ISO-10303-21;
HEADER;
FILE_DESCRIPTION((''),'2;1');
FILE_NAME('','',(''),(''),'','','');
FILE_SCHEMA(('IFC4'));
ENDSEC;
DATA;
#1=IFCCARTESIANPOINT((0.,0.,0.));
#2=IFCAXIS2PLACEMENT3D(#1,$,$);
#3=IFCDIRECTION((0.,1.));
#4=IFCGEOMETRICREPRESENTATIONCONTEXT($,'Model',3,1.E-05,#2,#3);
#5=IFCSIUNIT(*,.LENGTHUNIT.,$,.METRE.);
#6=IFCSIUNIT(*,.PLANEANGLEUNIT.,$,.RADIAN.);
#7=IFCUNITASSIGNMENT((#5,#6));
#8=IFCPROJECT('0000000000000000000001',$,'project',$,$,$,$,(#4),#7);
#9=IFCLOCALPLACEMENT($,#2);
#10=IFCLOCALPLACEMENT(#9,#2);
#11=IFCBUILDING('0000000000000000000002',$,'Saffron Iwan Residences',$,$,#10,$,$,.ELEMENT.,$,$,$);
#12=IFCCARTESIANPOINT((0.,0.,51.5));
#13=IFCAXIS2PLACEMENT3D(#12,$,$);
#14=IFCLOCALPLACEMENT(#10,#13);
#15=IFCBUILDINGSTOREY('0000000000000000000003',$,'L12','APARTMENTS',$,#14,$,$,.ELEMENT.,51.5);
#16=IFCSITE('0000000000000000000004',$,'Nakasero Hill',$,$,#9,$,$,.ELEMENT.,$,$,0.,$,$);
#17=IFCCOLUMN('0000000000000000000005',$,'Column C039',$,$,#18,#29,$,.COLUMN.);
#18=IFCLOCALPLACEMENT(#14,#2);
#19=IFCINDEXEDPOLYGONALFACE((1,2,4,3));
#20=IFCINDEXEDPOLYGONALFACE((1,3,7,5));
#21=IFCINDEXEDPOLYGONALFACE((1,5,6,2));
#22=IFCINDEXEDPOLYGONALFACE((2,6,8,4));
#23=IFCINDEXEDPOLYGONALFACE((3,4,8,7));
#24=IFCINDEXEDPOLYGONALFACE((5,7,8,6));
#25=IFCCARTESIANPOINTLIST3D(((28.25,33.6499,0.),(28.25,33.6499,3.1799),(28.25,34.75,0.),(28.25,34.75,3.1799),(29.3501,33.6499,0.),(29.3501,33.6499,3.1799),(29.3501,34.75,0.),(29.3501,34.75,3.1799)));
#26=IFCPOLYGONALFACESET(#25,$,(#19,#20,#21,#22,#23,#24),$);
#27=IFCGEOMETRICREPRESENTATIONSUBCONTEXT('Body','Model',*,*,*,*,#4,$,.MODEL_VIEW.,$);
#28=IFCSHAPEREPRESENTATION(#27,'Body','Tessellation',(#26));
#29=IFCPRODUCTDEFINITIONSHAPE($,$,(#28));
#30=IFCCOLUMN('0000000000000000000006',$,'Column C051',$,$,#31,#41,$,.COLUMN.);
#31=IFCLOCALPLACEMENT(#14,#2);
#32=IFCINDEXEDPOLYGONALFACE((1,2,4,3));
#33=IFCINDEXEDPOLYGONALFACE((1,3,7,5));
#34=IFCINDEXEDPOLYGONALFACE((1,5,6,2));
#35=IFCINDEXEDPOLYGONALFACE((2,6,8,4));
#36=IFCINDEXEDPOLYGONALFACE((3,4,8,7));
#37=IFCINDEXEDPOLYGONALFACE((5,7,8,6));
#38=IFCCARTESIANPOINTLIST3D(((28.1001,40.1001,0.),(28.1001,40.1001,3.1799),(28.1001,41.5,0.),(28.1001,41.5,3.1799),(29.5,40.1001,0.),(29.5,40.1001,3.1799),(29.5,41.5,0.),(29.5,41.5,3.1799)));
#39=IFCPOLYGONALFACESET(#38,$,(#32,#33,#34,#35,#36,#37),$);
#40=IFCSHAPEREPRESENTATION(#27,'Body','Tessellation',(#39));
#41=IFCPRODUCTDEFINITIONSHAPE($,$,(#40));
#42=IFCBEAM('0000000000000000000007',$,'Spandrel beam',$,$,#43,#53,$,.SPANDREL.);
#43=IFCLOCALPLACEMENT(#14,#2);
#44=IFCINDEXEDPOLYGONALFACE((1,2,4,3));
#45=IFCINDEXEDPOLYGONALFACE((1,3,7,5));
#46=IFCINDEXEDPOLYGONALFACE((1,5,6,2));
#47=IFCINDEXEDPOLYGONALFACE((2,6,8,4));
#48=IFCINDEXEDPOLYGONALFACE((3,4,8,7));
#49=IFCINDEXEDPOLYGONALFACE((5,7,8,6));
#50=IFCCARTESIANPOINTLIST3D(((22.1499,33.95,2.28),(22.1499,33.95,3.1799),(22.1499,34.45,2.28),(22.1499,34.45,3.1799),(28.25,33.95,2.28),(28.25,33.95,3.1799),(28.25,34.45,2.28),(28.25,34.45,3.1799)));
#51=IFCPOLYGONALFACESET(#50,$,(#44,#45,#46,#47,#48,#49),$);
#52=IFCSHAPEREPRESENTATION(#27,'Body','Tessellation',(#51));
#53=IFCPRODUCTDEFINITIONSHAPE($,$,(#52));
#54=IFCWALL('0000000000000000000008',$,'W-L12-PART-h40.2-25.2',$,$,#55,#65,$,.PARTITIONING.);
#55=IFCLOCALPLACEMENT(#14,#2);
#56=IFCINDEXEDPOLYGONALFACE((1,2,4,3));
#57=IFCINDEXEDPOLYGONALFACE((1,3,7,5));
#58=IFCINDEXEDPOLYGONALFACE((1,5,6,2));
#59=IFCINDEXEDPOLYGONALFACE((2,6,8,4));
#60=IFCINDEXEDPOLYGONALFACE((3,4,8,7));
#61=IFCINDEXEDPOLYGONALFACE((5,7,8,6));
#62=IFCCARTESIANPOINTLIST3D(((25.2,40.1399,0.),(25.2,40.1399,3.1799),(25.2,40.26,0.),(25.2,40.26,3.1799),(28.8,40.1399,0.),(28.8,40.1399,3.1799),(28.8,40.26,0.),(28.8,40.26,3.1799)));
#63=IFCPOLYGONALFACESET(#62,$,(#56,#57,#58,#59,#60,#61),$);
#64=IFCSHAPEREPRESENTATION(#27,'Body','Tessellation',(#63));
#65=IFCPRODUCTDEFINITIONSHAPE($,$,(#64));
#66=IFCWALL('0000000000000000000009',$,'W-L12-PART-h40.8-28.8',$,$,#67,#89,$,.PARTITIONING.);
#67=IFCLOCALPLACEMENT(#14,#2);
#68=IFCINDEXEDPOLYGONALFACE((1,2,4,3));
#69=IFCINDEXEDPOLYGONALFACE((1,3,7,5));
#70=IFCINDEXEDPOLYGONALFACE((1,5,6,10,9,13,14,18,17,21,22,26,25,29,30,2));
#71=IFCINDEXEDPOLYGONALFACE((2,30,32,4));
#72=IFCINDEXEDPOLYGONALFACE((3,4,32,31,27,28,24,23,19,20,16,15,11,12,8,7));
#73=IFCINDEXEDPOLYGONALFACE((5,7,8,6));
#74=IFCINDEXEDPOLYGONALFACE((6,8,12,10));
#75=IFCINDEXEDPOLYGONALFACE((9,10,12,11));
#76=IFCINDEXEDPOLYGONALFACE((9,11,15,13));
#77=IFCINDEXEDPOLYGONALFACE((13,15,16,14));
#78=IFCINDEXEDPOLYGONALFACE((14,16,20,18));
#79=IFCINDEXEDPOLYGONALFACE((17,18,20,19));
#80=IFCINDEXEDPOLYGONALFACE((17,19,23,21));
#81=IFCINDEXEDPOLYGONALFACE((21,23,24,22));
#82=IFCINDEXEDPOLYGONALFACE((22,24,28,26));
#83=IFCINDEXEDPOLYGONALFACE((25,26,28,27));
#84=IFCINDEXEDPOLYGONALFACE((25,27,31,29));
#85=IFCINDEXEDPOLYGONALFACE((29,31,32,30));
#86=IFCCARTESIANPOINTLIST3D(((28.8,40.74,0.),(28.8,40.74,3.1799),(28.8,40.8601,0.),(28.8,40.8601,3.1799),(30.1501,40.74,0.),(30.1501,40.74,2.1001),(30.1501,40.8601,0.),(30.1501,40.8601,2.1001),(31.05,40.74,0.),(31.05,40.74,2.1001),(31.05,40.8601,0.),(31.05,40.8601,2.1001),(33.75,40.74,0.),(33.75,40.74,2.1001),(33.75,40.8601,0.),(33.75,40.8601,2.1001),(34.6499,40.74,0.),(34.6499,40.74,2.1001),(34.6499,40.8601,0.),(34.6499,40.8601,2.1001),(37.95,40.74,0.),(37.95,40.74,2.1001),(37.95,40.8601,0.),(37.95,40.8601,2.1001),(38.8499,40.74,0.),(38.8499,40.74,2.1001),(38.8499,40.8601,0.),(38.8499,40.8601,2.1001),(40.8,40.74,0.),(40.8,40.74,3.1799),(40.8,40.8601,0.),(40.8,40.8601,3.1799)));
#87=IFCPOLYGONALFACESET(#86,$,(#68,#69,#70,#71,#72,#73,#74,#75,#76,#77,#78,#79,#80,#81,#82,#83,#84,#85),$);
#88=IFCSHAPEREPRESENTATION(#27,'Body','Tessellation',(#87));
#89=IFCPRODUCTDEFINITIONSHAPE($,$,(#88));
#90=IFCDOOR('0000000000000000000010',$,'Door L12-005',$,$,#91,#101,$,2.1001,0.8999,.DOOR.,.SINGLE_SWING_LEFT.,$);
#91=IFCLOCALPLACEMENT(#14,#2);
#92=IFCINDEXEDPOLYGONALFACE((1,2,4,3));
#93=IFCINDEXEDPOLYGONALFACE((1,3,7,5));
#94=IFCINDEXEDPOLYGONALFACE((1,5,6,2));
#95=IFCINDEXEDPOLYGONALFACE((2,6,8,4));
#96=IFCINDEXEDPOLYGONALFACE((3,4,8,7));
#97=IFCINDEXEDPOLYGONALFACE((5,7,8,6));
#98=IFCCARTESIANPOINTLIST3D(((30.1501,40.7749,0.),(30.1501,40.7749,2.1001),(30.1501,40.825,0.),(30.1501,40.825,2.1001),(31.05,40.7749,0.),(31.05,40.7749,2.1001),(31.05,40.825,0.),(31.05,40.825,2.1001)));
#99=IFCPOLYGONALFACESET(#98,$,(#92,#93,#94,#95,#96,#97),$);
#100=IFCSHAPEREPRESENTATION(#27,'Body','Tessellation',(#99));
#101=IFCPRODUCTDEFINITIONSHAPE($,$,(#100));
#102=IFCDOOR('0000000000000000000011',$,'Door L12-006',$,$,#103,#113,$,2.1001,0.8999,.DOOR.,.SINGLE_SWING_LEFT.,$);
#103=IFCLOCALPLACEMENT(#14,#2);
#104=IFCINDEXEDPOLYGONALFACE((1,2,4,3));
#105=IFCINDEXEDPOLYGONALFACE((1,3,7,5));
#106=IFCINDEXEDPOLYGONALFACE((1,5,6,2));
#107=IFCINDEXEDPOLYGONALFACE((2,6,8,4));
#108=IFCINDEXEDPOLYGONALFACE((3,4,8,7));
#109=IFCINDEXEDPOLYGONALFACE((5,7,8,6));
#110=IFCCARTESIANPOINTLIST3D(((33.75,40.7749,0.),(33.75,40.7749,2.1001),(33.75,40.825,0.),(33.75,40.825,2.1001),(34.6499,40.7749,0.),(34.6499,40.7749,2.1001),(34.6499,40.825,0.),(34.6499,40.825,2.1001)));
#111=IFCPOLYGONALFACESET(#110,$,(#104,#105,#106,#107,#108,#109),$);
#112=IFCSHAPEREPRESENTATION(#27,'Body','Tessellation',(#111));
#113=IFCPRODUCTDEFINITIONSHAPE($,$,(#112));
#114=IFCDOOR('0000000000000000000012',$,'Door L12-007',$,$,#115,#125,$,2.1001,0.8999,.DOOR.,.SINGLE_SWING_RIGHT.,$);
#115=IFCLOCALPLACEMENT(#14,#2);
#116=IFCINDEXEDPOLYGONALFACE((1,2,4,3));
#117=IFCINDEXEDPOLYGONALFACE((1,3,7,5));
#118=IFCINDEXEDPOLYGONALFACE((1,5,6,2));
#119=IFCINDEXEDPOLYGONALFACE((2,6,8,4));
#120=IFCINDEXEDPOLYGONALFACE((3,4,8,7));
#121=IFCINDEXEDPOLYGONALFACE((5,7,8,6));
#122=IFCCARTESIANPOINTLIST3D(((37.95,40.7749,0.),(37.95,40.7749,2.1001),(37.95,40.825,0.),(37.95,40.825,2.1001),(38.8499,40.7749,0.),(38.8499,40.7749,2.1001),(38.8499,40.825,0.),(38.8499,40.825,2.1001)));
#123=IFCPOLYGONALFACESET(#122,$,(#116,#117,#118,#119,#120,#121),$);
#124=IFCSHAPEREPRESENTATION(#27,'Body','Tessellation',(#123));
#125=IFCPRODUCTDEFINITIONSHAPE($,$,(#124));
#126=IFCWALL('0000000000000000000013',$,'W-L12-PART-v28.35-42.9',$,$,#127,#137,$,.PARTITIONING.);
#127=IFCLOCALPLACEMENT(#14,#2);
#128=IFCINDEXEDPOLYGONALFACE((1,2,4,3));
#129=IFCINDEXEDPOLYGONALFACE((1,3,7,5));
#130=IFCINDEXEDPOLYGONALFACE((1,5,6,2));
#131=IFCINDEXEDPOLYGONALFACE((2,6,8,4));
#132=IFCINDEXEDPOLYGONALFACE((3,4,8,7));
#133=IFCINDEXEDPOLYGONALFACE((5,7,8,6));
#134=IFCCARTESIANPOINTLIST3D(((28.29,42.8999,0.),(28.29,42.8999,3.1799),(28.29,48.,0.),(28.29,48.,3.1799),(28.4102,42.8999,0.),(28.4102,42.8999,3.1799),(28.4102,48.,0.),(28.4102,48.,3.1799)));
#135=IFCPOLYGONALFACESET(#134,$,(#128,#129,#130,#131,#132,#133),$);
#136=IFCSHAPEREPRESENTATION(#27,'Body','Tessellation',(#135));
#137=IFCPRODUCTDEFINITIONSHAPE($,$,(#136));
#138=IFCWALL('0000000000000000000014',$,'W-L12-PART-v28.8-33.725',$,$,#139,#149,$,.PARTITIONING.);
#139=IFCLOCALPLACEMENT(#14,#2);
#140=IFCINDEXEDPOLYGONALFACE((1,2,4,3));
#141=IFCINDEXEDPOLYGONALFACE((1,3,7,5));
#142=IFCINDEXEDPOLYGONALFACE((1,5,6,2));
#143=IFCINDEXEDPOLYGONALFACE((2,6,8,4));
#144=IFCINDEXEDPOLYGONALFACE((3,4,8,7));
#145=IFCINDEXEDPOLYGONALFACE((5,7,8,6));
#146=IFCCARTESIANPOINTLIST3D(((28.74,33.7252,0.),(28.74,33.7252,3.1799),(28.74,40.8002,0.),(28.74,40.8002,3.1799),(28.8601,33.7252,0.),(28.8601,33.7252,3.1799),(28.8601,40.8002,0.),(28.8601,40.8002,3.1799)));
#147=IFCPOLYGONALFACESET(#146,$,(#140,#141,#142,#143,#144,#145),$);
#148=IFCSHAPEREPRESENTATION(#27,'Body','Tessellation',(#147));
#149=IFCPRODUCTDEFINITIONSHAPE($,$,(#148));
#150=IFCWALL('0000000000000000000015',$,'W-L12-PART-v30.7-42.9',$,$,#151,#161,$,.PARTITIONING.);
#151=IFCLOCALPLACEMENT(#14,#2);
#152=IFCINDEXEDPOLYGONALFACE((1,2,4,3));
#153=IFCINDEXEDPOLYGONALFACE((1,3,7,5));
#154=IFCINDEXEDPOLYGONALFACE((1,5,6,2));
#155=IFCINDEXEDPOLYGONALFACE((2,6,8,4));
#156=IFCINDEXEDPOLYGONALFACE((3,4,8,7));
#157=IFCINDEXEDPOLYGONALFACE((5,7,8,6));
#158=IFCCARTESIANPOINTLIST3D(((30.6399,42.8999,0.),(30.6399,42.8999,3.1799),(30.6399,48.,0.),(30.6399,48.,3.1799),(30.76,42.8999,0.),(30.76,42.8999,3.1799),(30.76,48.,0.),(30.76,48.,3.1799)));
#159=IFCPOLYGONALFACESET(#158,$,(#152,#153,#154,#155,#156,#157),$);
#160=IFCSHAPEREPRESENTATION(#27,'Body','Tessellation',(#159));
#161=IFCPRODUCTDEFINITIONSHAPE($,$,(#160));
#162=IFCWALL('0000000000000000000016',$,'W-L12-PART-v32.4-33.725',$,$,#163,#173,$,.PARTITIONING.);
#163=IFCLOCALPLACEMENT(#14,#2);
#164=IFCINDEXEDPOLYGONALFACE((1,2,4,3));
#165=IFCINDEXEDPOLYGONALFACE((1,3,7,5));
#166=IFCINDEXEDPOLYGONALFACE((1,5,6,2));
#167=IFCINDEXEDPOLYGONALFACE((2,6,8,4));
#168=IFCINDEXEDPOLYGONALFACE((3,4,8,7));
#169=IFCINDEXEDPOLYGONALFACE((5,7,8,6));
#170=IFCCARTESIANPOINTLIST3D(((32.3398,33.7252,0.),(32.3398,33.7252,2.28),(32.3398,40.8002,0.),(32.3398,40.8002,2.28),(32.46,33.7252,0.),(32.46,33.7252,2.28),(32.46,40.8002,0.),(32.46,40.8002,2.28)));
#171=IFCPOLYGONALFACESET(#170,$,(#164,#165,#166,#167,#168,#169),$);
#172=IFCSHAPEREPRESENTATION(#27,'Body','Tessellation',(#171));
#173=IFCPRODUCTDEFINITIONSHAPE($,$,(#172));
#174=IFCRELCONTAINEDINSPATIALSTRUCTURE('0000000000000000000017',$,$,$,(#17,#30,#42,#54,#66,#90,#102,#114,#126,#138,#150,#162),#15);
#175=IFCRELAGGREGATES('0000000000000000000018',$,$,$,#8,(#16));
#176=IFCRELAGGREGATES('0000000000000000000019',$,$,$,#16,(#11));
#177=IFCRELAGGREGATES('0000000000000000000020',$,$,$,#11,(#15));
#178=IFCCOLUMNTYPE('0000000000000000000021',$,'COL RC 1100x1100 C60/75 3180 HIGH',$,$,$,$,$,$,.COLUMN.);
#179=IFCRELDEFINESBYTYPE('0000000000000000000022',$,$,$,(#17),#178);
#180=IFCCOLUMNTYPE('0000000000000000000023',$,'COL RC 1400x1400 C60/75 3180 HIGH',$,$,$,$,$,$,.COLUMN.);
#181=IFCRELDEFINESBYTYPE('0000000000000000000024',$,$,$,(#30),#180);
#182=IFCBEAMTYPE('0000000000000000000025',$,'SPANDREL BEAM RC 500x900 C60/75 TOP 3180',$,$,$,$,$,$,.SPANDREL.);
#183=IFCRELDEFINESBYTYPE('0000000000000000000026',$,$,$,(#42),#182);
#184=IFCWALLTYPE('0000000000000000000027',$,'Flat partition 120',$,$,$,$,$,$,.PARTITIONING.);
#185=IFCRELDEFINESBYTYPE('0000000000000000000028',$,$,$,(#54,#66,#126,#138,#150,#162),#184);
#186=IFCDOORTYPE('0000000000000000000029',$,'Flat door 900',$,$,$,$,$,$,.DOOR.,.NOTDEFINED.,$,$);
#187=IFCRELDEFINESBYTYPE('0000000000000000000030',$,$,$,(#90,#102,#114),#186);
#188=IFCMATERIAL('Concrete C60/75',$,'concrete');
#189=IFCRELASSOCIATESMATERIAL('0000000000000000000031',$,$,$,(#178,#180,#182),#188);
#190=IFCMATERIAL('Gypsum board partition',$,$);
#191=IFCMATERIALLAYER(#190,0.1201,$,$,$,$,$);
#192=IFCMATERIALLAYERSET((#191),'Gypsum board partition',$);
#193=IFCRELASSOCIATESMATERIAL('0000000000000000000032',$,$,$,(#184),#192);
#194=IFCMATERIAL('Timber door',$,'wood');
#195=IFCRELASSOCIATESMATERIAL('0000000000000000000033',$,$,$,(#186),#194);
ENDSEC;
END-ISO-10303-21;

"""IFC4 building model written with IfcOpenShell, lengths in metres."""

from ifc_helpers import new_model, si_unit, direction, frame, frame_2d, origin, origin_2d, place, context, subcontext, project, spatial, rectangle, extrude, source, transform, mapped, material, layer, layer_set, material_profile, profile_set, type_object, element, fill, save


model = new_model("IFC4")

# Units and contexts
model_context = context("Model", 3, precision=1e-05, world=origin(), true_north=direction((0.0, 1.0)))
body_context = subcontext(model_context, "Body", "Model", "MODEL_VIEW")
ifc_project = project(units=[si_unit("LENGTHUNIT", "METRE"), si_unit("PLANEANGLEUNIT", "RADIAN")], contexts=[model_context])

# Site, building, storey
site_placement = place(None, origin())
site = spatial("IfcSite", under=ifc_project, at=site_placement, Name="Nakasero Hill", CompositionType="ELEMENT", RefElevation=0.0)
building_placement = place(site_placement, origin())
building = spatial("IfcBuilding", under=site, at=building_placement, Name="Saffron Iwan Residences", CompositionType="ELEMENT")
storey_placement = place(building_placement, frame((0.0, 0.0, 51.5)))
storey = spatial("IfcBuildingStorey", under=building, at=storey_placement, Name="L12", Description="APARTMENTS", CompositionType="ELEMENT", Elevation=51.5)

# Columns
ifc_material_1 = material(Name="Concrete C60/75", Category="concrete")
ifc_material_profile_1 = material_profile(ifc_material_1, rectangle(XDim=1.1001, YDim=1.1001, at=origin_2d()), Name="RC 1100x1100")
ifc_profile_set_1 = profile_set([ifc_material_profile_1], Name="Concrete C60/75")
column_type_1 = type_object("IfcColumnType", Name="COL RC 1100x1100 C60/75 3180 HIGH", PredefinedType="COLUMN", material=ifc_profile_set_1)
shared_shape_1 = source(origin(), body_context, "Body", "SweptSolid", [
    extrude(rectangle(XDim=1.1001, YDim=1.1001, at=origin_2d()), origin(), (0.0, 0.0, 1.0), 3.1799),
])
column_1_placement = place(storey_placement, frame((28.8, 34.2, 0.0), z_axis=(0.0, 0.0, 1.0), x_axis=(1.0, 0.0, 0.0)))
element("IfcColumn", 1, at=column_1_placement, inside=storey, type_object=column_type_1, Name="Column C039", PredefinedType="COLUMN", context=body_context, shape_type="MappedRepresentation", body=[
    mapped(shared_shape_1, transform((0.0, 0.0, 0.0))),
])
ifc_material_profile_2 = material_profile(ifc_material_1, rectangle(XDim=1.3999, YDim=1.3999, at=origin_2d()), Name="RC 1400x1400")
ifc_profile_set_2 = profile_set([ifc_material_profile_2], Name="Concrete C60/75")
column_type_2 = type_object("IfcColumnType", Name="COL RC 1400x1400 C60/75 3180 HIGH", PredefinedType="COLUMN", material=ifc_profile_set_2)
shared_shape_2 = source(origin(), body_context, "Body", "SweptSolid", [
    extrude(rectangle(XDim=1.3999, YDim=1.3999, at=origin_2d()), origin(), (0.0, 0.0, 1.0), 3.1799),
])
column_2_placement = place(storey_placement, frame((28.8, 40.8, 0.0), z_axis=(0.0, 0.0, 1.0), x_axis=(1.0, 0.0, 0.0)))
element("IfcColumn", 2, at=column_2_placement, inside=storey, type_object=column_type_2, Name="Column C051", PredefinedType="COLUMN", context=body_context, shape_type="MappedRepresentation", body=[
    mapped(shared_shape_2, transform((0.0, 0.0, 0.0))),
])

# Beam
ifc_material_profile_3 = material_profile(ifc_material_1, rectangle(XDim=0.5, YDim=0.8999, at=origin_2d()), Name="RC 500x900")
ifc_profile_set_3 = profile_set([ifc_material_profile_3], Name="Concrete C60/75")
beam_type = type_object("IfcBeamType", Name="SPANDREL BEAM RC 500x900 C60/75 TOP 3180", PredefinedType="SPANDREL", material=ifc_profile_set_3)
shared_shape_3 = source(origin(), body_context, "Body", "SweptSolid", [
    extrude(rectangle(XDim=0.5, YDim=0.8999, at=origin_2d()), origin(), (0.0, 0.0, 1.0), 6.1001),
])
beam_placement = place(storey_placement, frame((28.25, 34.2, 2.73), z_axis=(-1.0, 0.0, 0.0), x_axis=(0.0, -1.0, 0.0)))
element("IfcBeam", 3, at=beam_placement, inside=storey, type_object=beam_type, Name="Spandrel beam", PredefinedType="SPANDREL", context=body_context, shape_type="MappedRepresentation", body=[
    mapped(shared_shape_3, transform((0.0, 0.0, 0.0))),
])

# Wall
ifc_material_2 = material(Name="Gypsum board partition")
ifc_layer_1 = layer(ifc_material_2, 0.1201)
ifc_layer_set_1 = layer_set([ifc_layer_1], Name="Gypsum board partition")
wall_type_1 = type_object("IfcWallType", Name="Flat partition 120", PredefinedType="PARTITIONING", material=ifc_layer_set_1)
wall_1_placement = place(storey_placement, frame((25.2, 40.2, 0.0), z_axis=(0.0, 0.0, 1.0), x_axis=(1.0, 0.0, 0.0)))
element("IfcWall", 4, at=wall_1_placement, inside=storey, type_object=wall_type_1, Name="W-L12-PART-h40.2-25.2", PredefinedType="PARTITIONING", context=body_context, shape_type="SweptSolid", body=[
    extrude(rectangle(XDim=3.6001, YDim=0.1201, at=frame_2d((1.8, 0.0))), origin(), (0.0, 0.0, 1.0), 3.1799),
])

# Wall, openings, doors
wall_2_placement = place(storey_placement, frame((28.8, 40.8, 0.0), z_axis=(0.0, 0.0, 1.0), x_axis=(1.0, 0.0, 0.0)))
wall_2 = element("IfcWall", 5, at=wall_2_placement, inside=storey, type_object=wall_type_1, Name="W-L12-PART-h40.8-28.8", PredefinedType="PARTITIONING", context=body_context, shape_type="SweptSolid", body=[
    extrude(rectangle(XDim=12.0, YDim=0.1201, at=frame_2d((6.0, 0.0))), origin(), (0.0, 0.0, 1.0), 3.1799),
])
opening_1_placement = place(wall_2_placement, frame((1.3501, 0.0, 0.0)))
opening_1 = element("IfcOpeningElement", 6, at=opening_1_placement, cuts=wall_2, PredefinedType="OPENING", context=body_context, shape_type="SweptSolid", body=[
    extrude(rectangle(XDim=0.8999, YDim=2.1001, at=frame_2d((0.45, 1.05))), frame((0.0, 0.0701, 0.0), z_axis=(0.0, -1.0, 0.0), x_axis=(1.0, 0.0, 0.0)), (0.0, 0.0, 1.0), 0.1401),
])
opening_2_placement = place(wall_2_placement, frame((4.95, 0.0, 0.0)))
opening_2 = element("IfcOpeningElement", 7, at=opening_2_placement, cuts=wall_2, PredefinedType="OPENING", context=body_context, shape_type="SweptSolid", body=[
    extrude(rectangle(XDim=0.8999, YDim=2.1001, at=frame_2d((0.45, 1.05))), frame((0.0, 0.0701, 0.0), z_axis=(0.0, -1.0, 0.0), x_axis=(1.0, 0.0, 0.0)), (0.0, 0.0, 1.0), 0.1401),
])
opening_3_placement = place(wall_2_placement, frame((9.1499, 0.0, 0.0)))
opening_3 = element("IfcOpeningElement", 8, at=opening_3_placement, cuts=wall_2, PredefinedType="OPENING", context=body_context, shape_type="SweptSolid", body=[
    extrude(rectangle(XDim=0.8999, YDim=2.1001, at=frame_2d((0.45, 1.05))), frame((0.0, 0.0701, 0.0), z_axis=(0.0, -1.0, 0.0), x_axis=(1.0, 0.0, 0.0)), (0.0, 0.0, 1.0), 0.1401),
])
ifc_material_3 = material(Name="Timber door", Category="wood")
door_type_1 = type_object("IfcDoorType", Name="Flat door 900", OperationType="NOTDEFINED", PredefinedType="DOOR", material=ifc_material_3)
door_1_placement = place(opening_1_placement, origin())
door_1 = element("IfcDoor", 9, at=door_1_placement, inside=storey, type_object=door_type_1, Name="Door L12-005", OperationType="SINGLE_SWING_LEFT", OverallHeight=2.1001, OverallWidth=0.8999, PredefinedType="DOOR", context=body_context, shape_type="SweptSolid", body=[
    extrude(rectangle(XDim=0.8999, YDim=2.1001, at=frame_2d((0.45, 1.05))), frame((0.0, 0.0249, 0.0), z_axis=(0.0, -1.0, 0.0), x_axis=(1.0, 0.0, 0.0)), (0.0, 0.0, 1.0), 0.05),
])
fill(opening_1, door_1)
door_2_placement = place(opening_2_placement, origin())
door_2 = element("IfcDoor", 10, at=door_2_placement, inside=storey, type_object=door_type_1, Name="Door L12-006", OperationType="SINGLE_SWING_LEFT", OverallHeight=2.1001, OverallWidth=0.8999, PredefinedType="DOOR", context=body_context, shape_type="SweptSolid", body=[
    extrude(rectangle(XDim=0.8999, YDim=2.1001, at=frame_2d((0.45, 1.05))), frame((0.0, 0.0249, 0.0), z_axis=(0.0, -1.0, 0.0), x_axis=(1.0, 0.0, 0.0)), (0.0, 0.0, 1.0), 0.05),
])
fill(opening_2, door_2)
door_3_placement = place(opening_3_placement, origin())
door_3 = element("IfcDoor", 11, at=door_3_placement, inside=storey, type_object=door_type_1, Name="Door L12-007", OperationType="SINGLE_SWING_RIGHT", OverallHeight=2.1001, OverallWidth=0.8999, PredefinedType="DOOR", context=body_context, shape_type="SweptSolid", body=[
    extrude(rectangle(XDim=0.8999, YDim=2.1001, at=frame_2d((0.45, 1.05))), frame((0.0, 0.0249, 0.0), z_axis=(0.0, -1.0, 0.0), x_axis=(1.0, 0.0, 0.0)), (0.0, 0.0, 1.0), 0.05),
])
fill(opening_3, door_3)

# Walls
wall_3_placement = place(storey_placement, frame((28.3501, 42.8999, 0.0), z_axis=(0.0, 0.0, 1.0), x_axis=(0.0, 1.0, 0.0)))
element("IfcWall", 12, at=wall_3_placement, inside=storey, type_object=wall_type_1, Name="W-L12-PART-v28.35-42.9", PredefinedType="PARTITIONING", context=body_context, shape_type="SweptSolid", body=[
    extrude(rectangle(XDim=5.1001, YDim=0.1201, at=frame_2d((2.55, 0.0))), origin(), (0.0, 0.0, 1.0), 3.1799),
])
wall_4_placement = place(storey_placement, frame((28.8, 33.7251, 0.0), z_axis=(0.0, 0.0, 1.0), x_axis=(0.0, 1.0, 0.0)))
element("IfcWall", 13, at=wall_4_placement, inside=storey, type_object=wall_type_1, Name="W-L12-PART-v28.8-33.725", PredefinedType="PARTITIONING", context=body_context, shape_type="SweptSolid", body=[
    extrude(rectangle(XDim=7.075, YDim=0.1201, at=frame_2d((3.5376, 0.0))), origin(), (0.0, 0.0, 1.0), 3.1799),
])
wall_5_placement = place(storey_placement, frame((30.7, 42.8999, 0.0), z_axis=(0.0, 0.0, 1.0), x_axis=(0.0, 1.0, 0.0)))
element("IfcWall", 14, at=wall_5_placement, inside=storey, type_object=wall_type_1, Name="W-L12-PART-v30.7-42.9", PredefinedType="PARTITIONING", context=body_context, shape_type="SweptSolid", body=[
    extrude(rectangle(XDim=5.1001, YDim=0.1201, at=frame_2d((2.55, 0.0))), origin(), (0.0, 0.0, 1.0), 3.1799),
])
wall_6_placement = place(storey_placement, frame((32.3999, 33.7251, 0.0), z_axis=(0.0, 0.0, 1.0), x_axis=(0.0, 1.0, 0.0)))
element("IfcWall", 15, at=wall_6_placement, inside=storey, type_object=wall_type_1, Name="W-L12-PART-v32.4-33.725", PredefinedType="PARTITIONING", context=body_context, shape_type="SweptSolid", body=[
    extrude(rectangle(XDim=7.075, YDim=0.1201, at=frame_2d((3.5376, 0.0))), origin(), (0.0, 0.0, 1.0), 2.28),
])

save(model, "model.ifc")
